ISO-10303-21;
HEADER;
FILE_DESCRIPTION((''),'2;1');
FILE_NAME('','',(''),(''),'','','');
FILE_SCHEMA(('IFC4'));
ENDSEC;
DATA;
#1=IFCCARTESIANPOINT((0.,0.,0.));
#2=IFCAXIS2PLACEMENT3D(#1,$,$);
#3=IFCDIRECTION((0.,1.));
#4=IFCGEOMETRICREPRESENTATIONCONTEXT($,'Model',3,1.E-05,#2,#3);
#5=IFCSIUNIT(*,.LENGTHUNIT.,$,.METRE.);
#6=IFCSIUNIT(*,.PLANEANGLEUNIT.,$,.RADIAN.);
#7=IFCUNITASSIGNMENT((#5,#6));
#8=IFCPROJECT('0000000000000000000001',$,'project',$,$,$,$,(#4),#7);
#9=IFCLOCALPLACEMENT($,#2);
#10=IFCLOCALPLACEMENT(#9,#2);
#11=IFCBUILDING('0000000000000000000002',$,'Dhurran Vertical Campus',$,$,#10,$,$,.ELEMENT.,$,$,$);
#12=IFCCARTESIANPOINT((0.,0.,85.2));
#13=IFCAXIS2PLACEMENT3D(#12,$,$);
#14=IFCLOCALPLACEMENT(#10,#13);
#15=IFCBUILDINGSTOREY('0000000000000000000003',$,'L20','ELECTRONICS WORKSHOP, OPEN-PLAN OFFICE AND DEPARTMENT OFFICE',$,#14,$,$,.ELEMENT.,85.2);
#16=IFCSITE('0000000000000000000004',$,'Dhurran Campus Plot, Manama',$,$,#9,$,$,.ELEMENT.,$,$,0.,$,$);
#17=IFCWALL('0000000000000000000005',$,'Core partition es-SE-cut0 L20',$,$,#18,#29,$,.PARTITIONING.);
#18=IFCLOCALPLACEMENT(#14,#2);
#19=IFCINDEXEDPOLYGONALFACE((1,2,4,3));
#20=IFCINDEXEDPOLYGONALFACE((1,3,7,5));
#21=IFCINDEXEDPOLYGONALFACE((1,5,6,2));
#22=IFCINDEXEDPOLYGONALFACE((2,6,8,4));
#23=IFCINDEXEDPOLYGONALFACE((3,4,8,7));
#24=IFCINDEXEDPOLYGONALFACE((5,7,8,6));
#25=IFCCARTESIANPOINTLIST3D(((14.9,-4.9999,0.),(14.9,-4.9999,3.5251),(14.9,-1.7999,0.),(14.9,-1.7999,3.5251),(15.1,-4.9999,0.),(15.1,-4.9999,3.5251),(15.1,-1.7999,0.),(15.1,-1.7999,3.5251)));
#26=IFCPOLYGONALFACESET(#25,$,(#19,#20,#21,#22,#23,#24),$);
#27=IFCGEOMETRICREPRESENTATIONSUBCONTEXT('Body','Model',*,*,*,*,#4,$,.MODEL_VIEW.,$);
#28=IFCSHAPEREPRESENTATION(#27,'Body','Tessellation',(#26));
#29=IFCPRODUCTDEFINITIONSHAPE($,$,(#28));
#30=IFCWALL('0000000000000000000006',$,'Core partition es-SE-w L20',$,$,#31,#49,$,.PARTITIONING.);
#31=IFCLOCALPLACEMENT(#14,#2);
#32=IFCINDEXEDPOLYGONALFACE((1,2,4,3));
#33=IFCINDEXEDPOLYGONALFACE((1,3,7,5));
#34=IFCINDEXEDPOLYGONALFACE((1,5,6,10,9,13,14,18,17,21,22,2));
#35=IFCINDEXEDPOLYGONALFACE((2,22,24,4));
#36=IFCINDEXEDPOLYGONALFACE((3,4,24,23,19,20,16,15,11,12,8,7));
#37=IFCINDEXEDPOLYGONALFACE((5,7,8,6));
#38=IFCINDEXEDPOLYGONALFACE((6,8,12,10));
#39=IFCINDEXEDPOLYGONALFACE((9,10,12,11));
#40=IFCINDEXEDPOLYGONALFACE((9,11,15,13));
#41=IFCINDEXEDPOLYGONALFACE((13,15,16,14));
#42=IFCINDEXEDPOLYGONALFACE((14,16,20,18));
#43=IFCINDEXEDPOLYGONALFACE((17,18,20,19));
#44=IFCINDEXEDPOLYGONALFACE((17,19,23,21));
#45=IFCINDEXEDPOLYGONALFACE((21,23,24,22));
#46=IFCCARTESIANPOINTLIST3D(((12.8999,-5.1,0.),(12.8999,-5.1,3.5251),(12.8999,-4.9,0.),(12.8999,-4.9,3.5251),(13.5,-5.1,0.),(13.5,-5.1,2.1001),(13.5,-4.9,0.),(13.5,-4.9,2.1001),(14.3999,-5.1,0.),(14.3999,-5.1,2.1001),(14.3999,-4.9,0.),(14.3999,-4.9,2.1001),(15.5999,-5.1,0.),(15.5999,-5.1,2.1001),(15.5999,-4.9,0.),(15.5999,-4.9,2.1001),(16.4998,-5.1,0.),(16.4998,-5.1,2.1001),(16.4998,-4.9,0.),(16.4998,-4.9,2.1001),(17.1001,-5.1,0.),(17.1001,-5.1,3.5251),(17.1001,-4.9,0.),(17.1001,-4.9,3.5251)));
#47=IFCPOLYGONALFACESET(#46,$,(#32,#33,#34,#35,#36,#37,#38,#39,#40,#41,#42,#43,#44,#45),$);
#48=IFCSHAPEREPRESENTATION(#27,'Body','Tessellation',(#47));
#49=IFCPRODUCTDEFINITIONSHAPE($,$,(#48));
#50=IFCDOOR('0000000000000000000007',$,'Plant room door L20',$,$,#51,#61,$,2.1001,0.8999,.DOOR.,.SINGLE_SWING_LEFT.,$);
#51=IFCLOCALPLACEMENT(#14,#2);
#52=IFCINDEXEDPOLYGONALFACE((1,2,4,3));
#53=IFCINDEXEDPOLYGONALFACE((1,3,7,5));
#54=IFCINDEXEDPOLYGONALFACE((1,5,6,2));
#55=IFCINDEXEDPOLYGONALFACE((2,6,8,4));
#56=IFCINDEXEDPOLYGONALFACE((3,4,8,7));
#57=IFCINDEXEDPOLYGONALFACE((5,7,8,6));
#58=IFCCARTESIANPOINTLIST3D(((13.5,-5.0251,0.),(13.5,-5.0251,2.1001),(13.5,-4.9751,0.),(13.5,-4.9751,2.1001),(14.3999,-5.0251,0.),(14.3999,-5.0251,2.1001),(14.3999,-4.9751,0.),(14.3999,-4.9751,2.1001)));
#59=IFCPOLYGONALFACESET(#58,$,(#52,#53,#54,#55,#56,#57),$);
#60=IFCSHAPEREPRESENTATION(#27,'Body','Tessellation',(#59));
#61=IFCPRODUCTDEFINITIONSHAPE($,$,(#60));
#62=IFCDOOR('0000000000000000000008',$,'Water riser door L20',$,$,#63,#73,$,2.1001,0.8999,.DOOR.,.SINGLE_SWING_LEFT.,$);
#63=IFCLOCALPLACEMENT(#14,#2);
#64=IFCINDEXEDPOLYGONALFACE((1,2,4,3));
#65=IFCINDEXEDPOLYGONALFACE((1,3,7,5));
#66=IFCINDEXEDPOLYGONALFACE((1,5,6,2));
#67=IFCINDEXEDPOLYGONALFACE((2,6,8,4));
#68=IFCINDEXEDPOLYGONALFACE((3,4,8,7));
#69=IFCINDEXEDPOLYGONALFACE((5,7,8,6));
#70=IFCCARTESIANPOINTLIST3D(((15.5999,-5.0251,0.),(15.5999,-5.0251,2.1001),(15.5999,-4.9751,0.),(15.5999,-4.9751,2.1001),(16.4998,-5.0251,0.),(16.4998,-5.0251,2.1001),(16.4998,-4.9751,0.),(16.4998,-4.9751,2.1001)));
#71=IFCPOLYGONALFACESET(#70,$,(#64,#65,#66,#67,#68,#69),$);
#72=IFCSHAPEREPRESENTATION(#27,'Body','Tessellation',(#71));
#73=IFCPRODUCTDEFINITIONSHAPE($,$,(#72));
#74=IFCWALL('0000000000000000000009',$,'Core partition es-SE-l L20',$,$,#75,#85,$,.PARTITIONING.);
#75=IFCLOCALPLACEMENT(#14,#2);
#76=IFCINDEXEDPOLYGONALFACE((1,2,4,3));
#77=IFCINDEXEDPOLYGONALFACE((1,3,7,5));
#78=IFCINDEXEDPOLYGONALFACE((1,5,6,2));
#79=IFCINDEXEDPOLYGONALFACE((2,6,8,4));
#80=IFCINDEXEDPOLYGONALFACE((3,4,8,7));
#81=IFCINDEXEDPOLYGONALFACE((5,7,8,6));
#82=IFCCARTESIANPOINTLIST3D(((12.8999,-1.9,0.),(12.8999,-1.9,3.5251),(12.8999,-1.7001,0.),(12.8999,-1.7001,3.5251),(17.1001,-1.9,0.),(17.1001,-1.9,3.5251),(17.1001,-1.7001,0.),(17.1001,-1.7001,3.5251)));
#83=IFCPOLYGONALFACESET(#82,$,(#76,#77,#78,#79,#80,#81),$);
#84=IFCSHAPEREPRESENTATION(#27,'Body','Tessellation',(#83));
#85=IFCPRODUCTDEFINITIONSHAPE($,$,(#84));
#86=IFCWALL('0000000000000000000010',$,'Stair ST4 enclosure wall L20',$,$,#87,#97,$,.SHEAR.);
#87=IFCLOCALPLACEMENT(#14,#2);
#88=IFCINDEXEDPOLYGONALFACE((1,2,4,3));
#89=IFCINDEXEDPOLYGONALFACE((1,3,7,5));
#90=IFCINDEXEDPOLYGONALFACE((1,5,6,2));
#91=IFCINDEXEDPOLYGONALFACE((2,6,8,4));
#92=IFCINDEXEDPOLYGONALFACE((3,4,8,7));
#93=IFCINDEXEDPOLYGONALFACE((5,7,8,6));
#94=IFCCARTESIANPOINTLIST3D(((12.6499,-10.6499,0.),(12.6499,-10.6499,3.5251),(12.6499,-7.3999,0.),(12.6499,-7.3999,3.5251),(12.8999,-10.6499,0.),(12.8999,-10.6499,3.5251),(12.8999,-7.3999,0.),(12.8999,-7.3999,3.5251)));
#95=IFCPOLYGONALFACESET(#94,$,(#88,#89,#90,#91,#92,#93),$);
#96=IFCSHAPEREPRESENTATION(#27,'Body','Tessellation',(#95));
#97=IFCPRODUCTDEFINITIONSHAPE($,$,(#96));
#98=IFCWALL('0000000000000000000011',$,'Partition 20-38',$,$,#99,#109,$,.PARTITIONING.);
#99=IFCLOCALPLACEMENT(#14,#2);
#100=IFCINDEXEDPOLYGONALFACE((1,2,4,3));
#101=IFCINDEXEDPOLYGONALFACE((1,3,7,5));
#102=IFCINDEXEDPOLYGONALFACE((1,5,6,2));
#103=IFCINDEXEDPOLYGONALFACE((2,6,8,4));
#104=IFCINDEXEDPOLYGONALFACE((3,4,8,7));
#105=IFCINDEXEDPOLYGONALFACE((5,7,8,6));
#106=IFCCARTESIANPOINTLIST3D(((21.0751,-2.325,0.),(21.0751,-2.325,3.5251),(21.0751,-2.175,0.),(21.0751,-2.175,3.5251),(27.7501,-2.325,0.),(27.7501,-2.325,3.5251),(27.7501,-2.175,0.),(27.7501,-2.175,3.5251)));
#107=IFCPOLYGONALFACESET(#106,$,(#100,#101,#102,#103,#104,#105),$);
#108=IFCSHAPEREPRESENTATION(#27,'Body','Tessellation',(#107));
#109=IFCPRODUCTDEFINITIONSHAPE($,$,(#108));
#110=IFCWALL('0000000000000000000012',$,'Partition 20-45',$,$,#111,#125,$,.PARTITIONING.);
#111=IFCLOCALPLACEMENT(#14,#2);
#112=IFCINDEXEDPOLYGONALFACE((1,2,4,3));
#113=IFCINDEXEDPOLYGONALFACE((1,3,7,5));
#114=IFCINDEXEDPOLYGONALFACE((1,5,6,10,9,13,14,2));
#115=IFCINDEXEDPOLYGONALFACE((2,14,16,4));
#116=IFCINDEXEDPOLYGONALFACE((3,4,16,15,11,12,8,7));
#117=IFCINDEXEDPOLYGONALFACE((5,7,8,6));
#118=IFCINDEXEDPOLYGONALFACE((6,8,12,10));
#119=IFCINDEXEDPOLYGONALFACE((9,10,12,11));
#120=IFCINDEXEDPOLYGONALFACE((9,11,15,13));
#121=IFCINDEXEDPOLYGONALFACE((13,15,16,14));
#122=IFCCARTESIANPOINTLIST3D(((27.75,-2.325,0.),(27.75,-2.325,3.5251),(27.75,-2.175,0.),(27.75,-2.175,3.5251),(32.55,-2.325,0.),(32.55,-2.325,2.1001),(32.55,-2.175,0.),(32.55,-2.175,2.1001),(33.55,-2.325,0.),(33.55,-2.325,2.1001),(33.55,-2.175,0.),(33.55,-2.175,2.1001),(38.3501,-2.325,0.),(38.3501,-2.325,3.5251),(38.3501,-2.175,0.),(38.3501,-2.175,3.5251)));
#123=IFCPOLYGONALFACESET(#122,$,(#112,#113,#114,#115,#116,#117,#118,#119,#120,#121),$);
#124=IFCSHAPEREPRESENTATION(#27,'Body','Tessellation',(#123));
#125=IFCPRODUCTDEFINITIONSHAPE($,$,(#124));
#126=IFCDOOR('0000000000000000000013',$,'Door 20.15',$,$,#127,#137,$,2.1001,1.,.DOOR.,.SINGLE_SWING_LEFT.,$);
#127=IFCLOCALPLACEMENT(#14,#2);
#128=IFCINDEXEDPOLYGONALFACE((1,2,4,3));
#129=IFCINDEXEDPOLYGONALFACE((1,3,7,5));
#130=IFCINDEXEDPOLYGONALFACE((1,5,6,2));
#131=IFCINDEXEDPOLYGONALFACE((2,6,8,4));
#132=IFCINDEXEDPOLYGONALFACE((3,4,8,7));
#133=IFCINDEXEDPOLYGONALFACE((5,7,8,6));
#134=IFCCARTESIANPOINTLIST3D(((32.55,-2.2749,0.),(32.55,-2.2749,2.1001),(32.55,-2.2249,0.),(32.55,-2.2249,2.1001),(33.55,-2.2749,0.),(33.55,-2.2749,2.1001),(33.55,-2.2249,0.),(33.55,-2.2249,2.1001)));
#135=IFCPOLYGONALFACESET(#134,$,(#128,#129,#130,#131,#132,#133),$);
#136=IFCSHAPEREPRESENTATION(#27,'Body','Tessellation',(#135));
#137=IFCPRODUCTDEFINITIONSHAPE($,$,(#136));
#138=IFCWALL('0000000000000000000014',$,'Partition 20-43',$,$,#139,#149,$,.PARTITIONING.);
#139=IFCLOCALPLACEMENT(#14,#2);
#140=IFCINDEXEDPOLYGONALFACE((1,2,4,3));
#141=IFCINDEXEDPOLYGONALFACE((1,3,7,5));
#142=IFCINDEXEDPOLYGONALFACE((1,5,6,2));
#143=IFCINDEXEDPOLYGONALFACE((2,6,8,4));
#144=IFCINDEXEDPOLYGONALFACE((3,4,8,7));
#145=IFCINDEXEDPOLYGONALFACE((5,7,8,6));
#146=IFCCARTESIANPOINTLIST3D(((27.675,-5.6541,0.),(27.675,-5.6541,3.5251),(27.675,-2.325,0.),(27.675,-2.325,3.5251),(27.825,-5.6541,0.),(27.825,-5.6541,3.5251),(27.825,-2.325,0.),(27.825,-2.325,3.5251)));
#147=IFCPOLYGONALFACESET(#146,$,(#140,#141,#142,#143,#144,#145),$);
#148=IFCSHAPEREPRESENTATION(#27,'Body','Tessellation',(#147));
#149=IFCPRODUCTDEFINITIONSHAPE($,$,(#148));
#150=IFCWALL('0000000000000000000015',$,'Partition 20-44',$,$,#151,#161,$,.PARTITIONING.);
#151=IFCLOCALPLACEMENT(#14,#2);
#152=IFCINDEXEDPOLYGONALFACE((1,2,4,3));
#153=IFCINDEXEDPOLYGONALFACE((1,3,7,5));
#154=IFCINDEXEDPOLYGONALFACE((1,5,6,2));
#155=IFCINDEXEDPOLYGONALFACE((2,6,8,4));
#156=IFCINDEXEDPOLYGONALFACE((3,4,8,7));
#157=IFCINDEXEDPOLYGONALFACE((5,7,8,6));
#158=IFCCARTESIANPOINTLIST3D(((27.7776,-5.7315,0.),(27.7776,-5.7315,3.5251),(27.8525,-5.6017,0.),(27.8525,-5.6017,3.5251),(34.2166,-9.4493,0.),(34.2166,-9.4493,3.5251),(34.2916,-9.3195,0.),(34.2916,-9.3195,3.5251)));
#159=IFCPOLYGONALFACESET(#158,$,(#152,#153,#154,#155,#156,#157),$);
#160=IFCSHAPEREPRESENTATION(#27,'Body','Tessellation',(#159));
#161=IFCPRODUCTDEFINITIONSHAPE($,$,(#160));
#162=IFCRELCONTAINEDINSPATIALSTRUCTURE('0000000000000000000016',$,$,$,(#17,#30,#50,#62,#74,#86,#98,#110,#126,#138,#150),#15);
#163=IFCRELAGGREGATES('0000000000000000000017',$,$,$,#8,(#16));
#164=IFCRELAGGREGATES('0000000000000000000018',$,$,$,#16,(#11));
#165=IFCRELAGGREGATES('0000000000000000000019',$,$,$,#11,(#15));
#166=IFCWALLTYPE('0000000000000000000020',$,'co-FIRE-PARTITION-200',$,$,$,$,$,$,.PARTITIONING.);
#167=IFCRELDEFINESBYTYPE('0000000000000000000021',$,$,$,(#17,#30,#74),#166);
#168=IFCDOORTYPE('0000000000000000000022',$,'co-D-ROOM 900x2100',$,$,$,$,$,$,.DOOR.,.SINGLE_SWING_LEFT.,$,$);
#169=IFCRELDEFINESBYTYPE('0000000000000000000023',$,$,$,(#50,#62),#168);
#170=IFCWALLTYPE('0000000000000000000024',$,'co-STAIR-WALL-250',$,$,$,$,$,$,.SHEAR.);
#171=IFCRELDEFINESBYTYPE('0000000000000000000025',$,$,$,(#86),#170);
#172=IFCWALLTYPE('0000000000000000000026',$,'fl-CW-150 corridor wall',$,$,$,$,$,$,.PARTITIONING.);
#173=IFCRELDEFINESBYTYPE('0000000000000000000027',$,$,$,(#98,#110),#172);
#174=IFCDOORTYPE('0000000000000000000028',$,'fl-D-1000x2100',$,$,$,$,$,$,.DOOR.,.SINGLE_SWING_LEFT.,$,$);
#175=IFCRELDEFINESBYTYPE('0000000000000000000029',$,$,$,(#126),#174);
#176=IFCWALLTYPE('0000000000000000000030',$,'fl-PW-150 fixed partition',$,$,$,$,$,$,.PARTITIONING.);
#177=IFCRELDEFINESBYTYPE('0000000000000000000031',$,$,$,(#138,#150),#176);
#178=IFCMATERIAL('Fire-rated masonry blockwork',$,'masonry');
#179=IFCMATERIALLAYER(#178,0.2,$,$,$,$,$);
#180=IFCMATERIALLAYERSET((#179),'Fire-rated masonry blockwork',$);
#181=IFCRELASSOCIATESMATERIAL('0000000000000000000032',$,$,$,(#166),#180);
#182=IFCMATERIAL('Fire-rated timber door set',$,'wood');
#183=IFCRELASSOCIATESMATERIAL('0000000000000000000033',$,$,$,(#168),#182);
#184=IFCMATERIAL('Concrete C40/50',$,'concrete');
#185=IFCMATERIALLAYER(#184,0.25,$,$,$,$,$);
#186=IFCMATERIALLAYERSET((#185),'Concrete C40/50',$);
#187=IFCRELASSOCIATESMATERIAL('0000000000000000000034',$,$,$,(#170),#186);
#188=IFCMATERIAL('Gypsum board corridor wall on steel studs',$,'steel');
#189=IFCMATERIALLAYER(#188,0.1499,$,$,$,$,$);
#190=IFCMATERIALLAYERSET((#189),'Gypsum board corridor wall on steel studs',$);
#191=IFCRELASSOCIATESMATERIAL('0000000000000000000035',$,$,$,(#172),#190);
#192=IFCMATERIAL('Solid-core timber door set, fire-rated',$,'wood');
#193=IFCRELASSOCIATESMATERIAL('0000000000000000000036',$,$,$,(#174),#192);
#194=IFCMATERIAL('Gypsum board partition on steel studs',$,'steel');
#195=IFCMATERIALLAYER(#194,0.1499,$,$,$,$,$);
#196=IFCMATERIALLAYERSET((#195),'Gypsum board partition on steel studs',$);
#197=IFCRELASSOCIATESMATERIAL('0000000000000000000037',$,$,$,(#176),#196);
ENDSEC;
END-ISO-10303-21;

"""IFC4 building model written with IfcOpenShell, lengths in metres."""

from ifc_helpers import new_model, si_unit, direction, frame, frame_2d, origin, place, context, subcontext, project, spatial, rectangle, extrude, material, layer, layer_set, type_object, element, fill, save


model = new_model("IFC4")

# Units and contexts
model_context = context("Model", 3, precision=1e-05, world=origin(), true_north=direction((0.0, 1.0)))
body_context = subcontext(model_context, "Body", "Model", "MODEL_VIEW")
ifc_project = project(units=[si_unit("LENGTHUNIT", "METRE"), si_unit("PLANEANGLEUNIT", "RADIAN")], contexts=[model_context])

# Site, building, storey
site_placement = place(None, origin())
site = spatial("IfcSite", under=ifc_project, at=site_placement, Name="Dhurran Campus Plot, Manama", CompositionType="ELEMENT", RefElevation=0.0)
building_placement = place(site_placement, origin())
building = spatial("IfcBuilding", under=site, at=building_placement, Name="Dhurran Vertical Campus", CompositionType="ELEMENT")
storey_placement = place(building_placement, frame((0.0, 0.0, 85.2)))
storey = spatial("IfcBuildingStorey", under=building, at=storey_placement, Name="L20", Description="ELECTRONICS WORKSHOP, OPEN-PLAN OFFICE AND DEPARTMENT OFFICE", CompositionType="ELEMENT", Elevation=85.2)

# Shared definitions
ifc_material_1 = material(Name="Fire-rated masonry blockwork", Category="masonry")
ifc_layer_1 = layer(ifc_material_1, 0.2)
ifc_layer_set_1 = layer_set([ifc_layer_1], Name="Fire-rated masonry blockwork")
wall_type_1 = type_object("IfcWallType", Name="co-FIRE-PARTITION-200", PredefinedType="PARTITIONING", material=ifc_layer_set_1)

# Shared definitions
ifc_material_2 = material(Name="Fire-rated timber door set", Category="wood")
door_type_1 = type_object("IfcDoorType", Name="co-D-ROOM 900x2100", OperationType="SINGLE_SWING_LEFT", PredefinedType="DOOR", material=ifc_material_2)

# Wall
wall_1_placement = place(storey_placement, frame((15.0, -5.0, 0.0), z_axis=(0.0, 0.0, 1.0), x_axis=(0.0, 1.0, 0.0)))
element("IfcWall", 1, at=wall_1_placement, inside=storey, type_object=wall_type_1, Name="Core partition es-SE-cut0 L20", PredefinedType="PARTITIONING", context=body_context, shape_type="SweptSolid", body=[
    extrude(rectangle(XDim=3.2, YDim=0.2, at=frame_2d((1.6001, 0.0))), origin(), (0.0, 0.0, 1.0), 3.5251),
])

# Wall, openings, doors
wall_2_placement = place(storey_placement, frame((12.8999, -5.0, 0.0), z_axis=(0.0, 0.0, 1.0), x_axis=(1.0, 0.0, 0.0)))
wall_2 = element("IfcWall", 2, at=wall_2_placement, inside=storey, type_object=wall_type_1, Name="Core partition es-SE-w L20", PredefinedType="PARTITIONING", context=body_context, shape_type="SweptSolid", body=[
    extrude(rectangle(XDim=4.2002, YDim=0.2, at=frame_2d((2.1001, 0.0))), origin(), (0.0, 0.0, 1.0), 3.5251),
])
opening_1_placement = place(wall_2_placement, frame((0.6001, 0.0, 0.0)))
opening_1 = element("IfcOpeningElement", 3, at=opening_1_placement, cuts=wall_2, PredefinedType="OPENING", context=body_context, shape_type="SweptSolid", body=[
    extrude(rectangle(XDim=0.8999, YDim=2.1001, at=frame_2d((0.45, 1.05))), frame((0.0, 0.1099, 0.0), z_axis=(0.0, -1.0, 0.0), x_axis=(1.0, 0.0, 0.0)), (0.0, 0.0, 1.0), 0.22),
])
opening_2_placement = place(wall_2_placement, frame((2.7, 0.0, 0.0)))
opening_2 = element("IfcOpeningElement", 4, at=opening_2_placement, cuts=wall_2, PredefinedType="OPENING", context=body_context, shape_type="SweptSolid", body=[
    extrude(rectangle(XDim=0.8999, YDim=2.1001, at=frame_2d((0.45, 1.05))), frame((0.0, 0.1099, 0.0), z_axis=(0.0, -1.0, 0.0), x_axis=(1.0, 0.0, 0.0)), (0.0, 0.0, 1.0), 0.22),
])
door_1_placement = place(opening_1_placement, origin())
door_1 = element("IfcDoor", 5, at=door_1_placement, inside=storey, type_object=door_type_1, Name="Plant room door L20", OperationType="SINGLE_SWING_LEFT", OverallHeight=2.1001, OverallWidth=0.8999, PredefinedType="DOOR", context=body_context, shape_type="SweptSolid", body=[
    extrude(rectangle(XDim=0.8999, YDim=2.1001, at=frame_2d((0.45, 1.05))), frame((0.0, 0.0249, 0.0), z_axis=(0.0, -1.0, 0.0), x_axis=(1.0, 0.0, 0.0)), (0.0, 0.0, 1.0), 0.05),
])
fill(opening_1, door_1)
door_2_placement = place(opening_2_placement, origin())
door_2 = element("IfcDoor", 6, at=door_2_placement, inside=storey, type_object=door_type_1, Name="Water riser door L20", OperationType="SINGLE_SWING_LEFT", OverallHeight=2.1001, OverallWidth=0.8999, PredefinedType="DOOR", context=body_context, shape_type="SweptSolid", body=[
    extrude(rectangle(XDim=0.8999, YDim=2.1001, at=frame_2d((0.45, 1.05))), frame((0.0, 0.0249, 0.0), z_axis=(0.0, -1.0, 0.0), x_axis=(1.0, 0.0, 0.0)), (0.0, 0.0, 1.0), 0.05),
])
fill(opening_2, door_2)

# Walls
wall_3_placement = place(storey_placement, frame((12.8999, -1.8, 0.0), z_axis=(0.0, 0.0, 1.0), x_axis=(1.0, 0.0, 0.0)))
element("IfcWall", 7, at=wall_3_placement, inside=storey, type_object=wall_type_1, Name="Core partition es-SE-l L20", PredefinedType="PARTITIONING", context=body_context, shape_type="SweptSolid", body=[
    extrude(rectangle(XDim=4.2002, YDim=0.2, at=frame_2d((2.1001, 0.0))), origin(), (0.0, 0.0, 1.0), 3.5251),
])
ifc_material_3 = material(Name="Concrete C40/50", Category="concrete")
ifc_layer_2 = layer(ifc_material_3, 0.25)
ifc_layer_set_2 = layer_set([ifc_layer_2], Name="Concrete C40/50")
wall_type_2 = type_object("IfcWallType", Name="co-STAIR-WALL-250", PredefinedType="SHEAR", material=ifc_layer_set_2)
wall_4_placement = place(storey_placement, frame((12.7749, -10.6499, 0.0), z_axis=(0.0, 0.0, 1.0), x_axis=(0.0, 1.0, 0.0)))
element("IfcWall", 8, at=wall_4_placement, inside=storey, type_object=wall_type_2, Name="Stair ST4 enclosure wall L20", PredefinedType="SHEAR", context=body_context, shape_type="SweptSolid", body=[
    extrude(rectangle(XDim=3.25, YDim=0.25, at=frame_2d((1.625, 0.0))), origin(), (0.0, 0.0, 1.0), 3.5251),
])
ifc_material_4 = material(Name="Gypsum board corridor wall on steel studs", Category="steel")
ifc_layer_3 = layer(ifc_material_4, 0.1499)
ifc_layer_set_3 = layer_set([ifc_layer_3], Name="Gypsum board corridor wall on steel studs")
wall_type_3 = type_object("IfcWallType", Name="fl-CW-150 corridor wall", PredefinedType="PARTITIONING", material=ifc_layer_set_3)
wall_5_placement = place(storey_placement, frame((27.75, -2.25, 0.0), z_axis=(0.0, 0.0, 1.0), x_axis=(-1.0, 0.0, 0.0)))
element("IfcWall", 9, at=wall_5_placement, inside=storey, type_object=wall_type_3, Name="Partition 20-38", PredefinedType="PARTITIONING", context=body_context, shape_type="SweptSolid", body=[
    extrude(rectangle(XDim=6.675, YDim=0.1499, at=frame_2d((3.3374, 0.0))), origin(), (0.0, 0.0, 1.0), 3.5251),
])

# Wall, opening, door
wall_6_placement = place(storey_placement, frame((38.3501, -2.25, 0.0), z_axis=(0.0, 0.0, 1.0), x_axis=(-1.0, 0.0, 0.0)))
wall_6 = element("IfcWall", 10, at=wall_6_placement, inside=storey, type_object=wall_type_3, Name="Partition 20-45", PredefinedType="PARTITIONING", context=body_context, shape_type="SweptSolid", body=[
    extrude(rectangle(XDim=10.6001, YDim=0.1499, at=frame_2d((5.3, 0.0))), origin(), (0.0, 0.0, 1.0), 3.5251),
])
opening_3_placement = place(wall_6_placement, frame((4.8, 0.0, 0.0)))
opening_3 = element("IfcOpeningElement", 11, at=opening_3_placement, cuts=wall_6, PredefinedType="OPENING", context=body_context, shape_type="SweptSolid", body=[
    extrude(rectangle(XDim=1.0, YDim=2.1001, at=frame_2d((0.5, 1.05))), frame((0.0, 0.085, 0.0), z_axis=(0.0, -1.0, 0.0), x_axis=(1.0, 0.0, 0.0)), (0.0, 0.0, 1.0), 0.1699),
])
ifc_material_5 = material(Name="Solid-core timber door set, fire-rated", Category="wood")
door_type_2 = type_object("IfcDoorType", Name="fl-D-1000x2100", OperationType="SINGLE_SWING_LEFT", PredefinedType="DOOR", material=ifc_material_5)
door_3_placement = place(opening_3_placement, origin())
door_3 = element("IfcDoor", 12, at=door_3_placement, inside=storey, type_object=door_type_2, Name="Door 20.15", OperationType="SINGLE_SWING_LEFT", OverallHeight=2.1001, OverallWidth=1.0, PredefinedType="DOOR", context=body_context, shape_type="SweptSolid", body=[
    extrude(rectangle(XDim=1.0, YDim=2.1001, at=frame_2d((0.5, 1.05))), frame((0.0, 0.0249, 0.0), z_axis=(0.0, -1.0, 0.0), x_axis=(1.0, 0.0, 0.0)), (0.0, 0.0, 1.0), 0.05),
])
fill(opening_3, door_3)

# Walls
ifc_material_6 = material(Name="Gypsum board partition on steel studs", Category="steel")
ifc_layer_4 = layer(ifc_material_6, 0.1499)
ifc_layer_set_4 = layer_set([ifc_layer_4], Name="Gypsum board partition on steel studs")
wall_type_4 = type_object("IfcWallType", Name="fl-PW-150 fixed partition", PredefinedType="PARTITIONING", material=ifc_layer_set_4)
wall_7_placement = place(storey_placement, frame((27.75, -2.325, 0.0), z_axis=(0.0, 0.0, 1.0), x_axis=(0.0, -1.0, 0.0)))
element("IfcWall", 13, at=wall_7_placement, inside=storey, type_object=wall_type_4, Name="Partition 20-43", PredefinedType="PARTITIONING", context=body_context, shape_type="SweptSolid", body=[
    extrude(rectangle(XDim=3.3291, YDim=0.1499, at=frame_2d((1.6646, 0.0))), origin(), (0.0, 0.0, 1.0), 3.5251),
])
wall_8_placement = place(storey_placement, frame((27.8149, -5.6665, 0.0), z_axis=(0.0, 0.0, 1.0), x_axis=(0.866012, -0.500024, 0.0)))
element("IfcWall", 14, at=wall_8_placement, inside=storey, type_object=wall_type_4, Name="Partition 20-44", PredefinedType="PARTITIONING", context=body_context, shape_type="SweptSolid", body=[
    extrude(rectangle(XDim=7.4353, YDim=0.1499, at=frame_2d((3.7178, 0.0))), origin(), (0.0, 0.0, 1.0), 3.5251),
])

save(model, "model.ifc")
